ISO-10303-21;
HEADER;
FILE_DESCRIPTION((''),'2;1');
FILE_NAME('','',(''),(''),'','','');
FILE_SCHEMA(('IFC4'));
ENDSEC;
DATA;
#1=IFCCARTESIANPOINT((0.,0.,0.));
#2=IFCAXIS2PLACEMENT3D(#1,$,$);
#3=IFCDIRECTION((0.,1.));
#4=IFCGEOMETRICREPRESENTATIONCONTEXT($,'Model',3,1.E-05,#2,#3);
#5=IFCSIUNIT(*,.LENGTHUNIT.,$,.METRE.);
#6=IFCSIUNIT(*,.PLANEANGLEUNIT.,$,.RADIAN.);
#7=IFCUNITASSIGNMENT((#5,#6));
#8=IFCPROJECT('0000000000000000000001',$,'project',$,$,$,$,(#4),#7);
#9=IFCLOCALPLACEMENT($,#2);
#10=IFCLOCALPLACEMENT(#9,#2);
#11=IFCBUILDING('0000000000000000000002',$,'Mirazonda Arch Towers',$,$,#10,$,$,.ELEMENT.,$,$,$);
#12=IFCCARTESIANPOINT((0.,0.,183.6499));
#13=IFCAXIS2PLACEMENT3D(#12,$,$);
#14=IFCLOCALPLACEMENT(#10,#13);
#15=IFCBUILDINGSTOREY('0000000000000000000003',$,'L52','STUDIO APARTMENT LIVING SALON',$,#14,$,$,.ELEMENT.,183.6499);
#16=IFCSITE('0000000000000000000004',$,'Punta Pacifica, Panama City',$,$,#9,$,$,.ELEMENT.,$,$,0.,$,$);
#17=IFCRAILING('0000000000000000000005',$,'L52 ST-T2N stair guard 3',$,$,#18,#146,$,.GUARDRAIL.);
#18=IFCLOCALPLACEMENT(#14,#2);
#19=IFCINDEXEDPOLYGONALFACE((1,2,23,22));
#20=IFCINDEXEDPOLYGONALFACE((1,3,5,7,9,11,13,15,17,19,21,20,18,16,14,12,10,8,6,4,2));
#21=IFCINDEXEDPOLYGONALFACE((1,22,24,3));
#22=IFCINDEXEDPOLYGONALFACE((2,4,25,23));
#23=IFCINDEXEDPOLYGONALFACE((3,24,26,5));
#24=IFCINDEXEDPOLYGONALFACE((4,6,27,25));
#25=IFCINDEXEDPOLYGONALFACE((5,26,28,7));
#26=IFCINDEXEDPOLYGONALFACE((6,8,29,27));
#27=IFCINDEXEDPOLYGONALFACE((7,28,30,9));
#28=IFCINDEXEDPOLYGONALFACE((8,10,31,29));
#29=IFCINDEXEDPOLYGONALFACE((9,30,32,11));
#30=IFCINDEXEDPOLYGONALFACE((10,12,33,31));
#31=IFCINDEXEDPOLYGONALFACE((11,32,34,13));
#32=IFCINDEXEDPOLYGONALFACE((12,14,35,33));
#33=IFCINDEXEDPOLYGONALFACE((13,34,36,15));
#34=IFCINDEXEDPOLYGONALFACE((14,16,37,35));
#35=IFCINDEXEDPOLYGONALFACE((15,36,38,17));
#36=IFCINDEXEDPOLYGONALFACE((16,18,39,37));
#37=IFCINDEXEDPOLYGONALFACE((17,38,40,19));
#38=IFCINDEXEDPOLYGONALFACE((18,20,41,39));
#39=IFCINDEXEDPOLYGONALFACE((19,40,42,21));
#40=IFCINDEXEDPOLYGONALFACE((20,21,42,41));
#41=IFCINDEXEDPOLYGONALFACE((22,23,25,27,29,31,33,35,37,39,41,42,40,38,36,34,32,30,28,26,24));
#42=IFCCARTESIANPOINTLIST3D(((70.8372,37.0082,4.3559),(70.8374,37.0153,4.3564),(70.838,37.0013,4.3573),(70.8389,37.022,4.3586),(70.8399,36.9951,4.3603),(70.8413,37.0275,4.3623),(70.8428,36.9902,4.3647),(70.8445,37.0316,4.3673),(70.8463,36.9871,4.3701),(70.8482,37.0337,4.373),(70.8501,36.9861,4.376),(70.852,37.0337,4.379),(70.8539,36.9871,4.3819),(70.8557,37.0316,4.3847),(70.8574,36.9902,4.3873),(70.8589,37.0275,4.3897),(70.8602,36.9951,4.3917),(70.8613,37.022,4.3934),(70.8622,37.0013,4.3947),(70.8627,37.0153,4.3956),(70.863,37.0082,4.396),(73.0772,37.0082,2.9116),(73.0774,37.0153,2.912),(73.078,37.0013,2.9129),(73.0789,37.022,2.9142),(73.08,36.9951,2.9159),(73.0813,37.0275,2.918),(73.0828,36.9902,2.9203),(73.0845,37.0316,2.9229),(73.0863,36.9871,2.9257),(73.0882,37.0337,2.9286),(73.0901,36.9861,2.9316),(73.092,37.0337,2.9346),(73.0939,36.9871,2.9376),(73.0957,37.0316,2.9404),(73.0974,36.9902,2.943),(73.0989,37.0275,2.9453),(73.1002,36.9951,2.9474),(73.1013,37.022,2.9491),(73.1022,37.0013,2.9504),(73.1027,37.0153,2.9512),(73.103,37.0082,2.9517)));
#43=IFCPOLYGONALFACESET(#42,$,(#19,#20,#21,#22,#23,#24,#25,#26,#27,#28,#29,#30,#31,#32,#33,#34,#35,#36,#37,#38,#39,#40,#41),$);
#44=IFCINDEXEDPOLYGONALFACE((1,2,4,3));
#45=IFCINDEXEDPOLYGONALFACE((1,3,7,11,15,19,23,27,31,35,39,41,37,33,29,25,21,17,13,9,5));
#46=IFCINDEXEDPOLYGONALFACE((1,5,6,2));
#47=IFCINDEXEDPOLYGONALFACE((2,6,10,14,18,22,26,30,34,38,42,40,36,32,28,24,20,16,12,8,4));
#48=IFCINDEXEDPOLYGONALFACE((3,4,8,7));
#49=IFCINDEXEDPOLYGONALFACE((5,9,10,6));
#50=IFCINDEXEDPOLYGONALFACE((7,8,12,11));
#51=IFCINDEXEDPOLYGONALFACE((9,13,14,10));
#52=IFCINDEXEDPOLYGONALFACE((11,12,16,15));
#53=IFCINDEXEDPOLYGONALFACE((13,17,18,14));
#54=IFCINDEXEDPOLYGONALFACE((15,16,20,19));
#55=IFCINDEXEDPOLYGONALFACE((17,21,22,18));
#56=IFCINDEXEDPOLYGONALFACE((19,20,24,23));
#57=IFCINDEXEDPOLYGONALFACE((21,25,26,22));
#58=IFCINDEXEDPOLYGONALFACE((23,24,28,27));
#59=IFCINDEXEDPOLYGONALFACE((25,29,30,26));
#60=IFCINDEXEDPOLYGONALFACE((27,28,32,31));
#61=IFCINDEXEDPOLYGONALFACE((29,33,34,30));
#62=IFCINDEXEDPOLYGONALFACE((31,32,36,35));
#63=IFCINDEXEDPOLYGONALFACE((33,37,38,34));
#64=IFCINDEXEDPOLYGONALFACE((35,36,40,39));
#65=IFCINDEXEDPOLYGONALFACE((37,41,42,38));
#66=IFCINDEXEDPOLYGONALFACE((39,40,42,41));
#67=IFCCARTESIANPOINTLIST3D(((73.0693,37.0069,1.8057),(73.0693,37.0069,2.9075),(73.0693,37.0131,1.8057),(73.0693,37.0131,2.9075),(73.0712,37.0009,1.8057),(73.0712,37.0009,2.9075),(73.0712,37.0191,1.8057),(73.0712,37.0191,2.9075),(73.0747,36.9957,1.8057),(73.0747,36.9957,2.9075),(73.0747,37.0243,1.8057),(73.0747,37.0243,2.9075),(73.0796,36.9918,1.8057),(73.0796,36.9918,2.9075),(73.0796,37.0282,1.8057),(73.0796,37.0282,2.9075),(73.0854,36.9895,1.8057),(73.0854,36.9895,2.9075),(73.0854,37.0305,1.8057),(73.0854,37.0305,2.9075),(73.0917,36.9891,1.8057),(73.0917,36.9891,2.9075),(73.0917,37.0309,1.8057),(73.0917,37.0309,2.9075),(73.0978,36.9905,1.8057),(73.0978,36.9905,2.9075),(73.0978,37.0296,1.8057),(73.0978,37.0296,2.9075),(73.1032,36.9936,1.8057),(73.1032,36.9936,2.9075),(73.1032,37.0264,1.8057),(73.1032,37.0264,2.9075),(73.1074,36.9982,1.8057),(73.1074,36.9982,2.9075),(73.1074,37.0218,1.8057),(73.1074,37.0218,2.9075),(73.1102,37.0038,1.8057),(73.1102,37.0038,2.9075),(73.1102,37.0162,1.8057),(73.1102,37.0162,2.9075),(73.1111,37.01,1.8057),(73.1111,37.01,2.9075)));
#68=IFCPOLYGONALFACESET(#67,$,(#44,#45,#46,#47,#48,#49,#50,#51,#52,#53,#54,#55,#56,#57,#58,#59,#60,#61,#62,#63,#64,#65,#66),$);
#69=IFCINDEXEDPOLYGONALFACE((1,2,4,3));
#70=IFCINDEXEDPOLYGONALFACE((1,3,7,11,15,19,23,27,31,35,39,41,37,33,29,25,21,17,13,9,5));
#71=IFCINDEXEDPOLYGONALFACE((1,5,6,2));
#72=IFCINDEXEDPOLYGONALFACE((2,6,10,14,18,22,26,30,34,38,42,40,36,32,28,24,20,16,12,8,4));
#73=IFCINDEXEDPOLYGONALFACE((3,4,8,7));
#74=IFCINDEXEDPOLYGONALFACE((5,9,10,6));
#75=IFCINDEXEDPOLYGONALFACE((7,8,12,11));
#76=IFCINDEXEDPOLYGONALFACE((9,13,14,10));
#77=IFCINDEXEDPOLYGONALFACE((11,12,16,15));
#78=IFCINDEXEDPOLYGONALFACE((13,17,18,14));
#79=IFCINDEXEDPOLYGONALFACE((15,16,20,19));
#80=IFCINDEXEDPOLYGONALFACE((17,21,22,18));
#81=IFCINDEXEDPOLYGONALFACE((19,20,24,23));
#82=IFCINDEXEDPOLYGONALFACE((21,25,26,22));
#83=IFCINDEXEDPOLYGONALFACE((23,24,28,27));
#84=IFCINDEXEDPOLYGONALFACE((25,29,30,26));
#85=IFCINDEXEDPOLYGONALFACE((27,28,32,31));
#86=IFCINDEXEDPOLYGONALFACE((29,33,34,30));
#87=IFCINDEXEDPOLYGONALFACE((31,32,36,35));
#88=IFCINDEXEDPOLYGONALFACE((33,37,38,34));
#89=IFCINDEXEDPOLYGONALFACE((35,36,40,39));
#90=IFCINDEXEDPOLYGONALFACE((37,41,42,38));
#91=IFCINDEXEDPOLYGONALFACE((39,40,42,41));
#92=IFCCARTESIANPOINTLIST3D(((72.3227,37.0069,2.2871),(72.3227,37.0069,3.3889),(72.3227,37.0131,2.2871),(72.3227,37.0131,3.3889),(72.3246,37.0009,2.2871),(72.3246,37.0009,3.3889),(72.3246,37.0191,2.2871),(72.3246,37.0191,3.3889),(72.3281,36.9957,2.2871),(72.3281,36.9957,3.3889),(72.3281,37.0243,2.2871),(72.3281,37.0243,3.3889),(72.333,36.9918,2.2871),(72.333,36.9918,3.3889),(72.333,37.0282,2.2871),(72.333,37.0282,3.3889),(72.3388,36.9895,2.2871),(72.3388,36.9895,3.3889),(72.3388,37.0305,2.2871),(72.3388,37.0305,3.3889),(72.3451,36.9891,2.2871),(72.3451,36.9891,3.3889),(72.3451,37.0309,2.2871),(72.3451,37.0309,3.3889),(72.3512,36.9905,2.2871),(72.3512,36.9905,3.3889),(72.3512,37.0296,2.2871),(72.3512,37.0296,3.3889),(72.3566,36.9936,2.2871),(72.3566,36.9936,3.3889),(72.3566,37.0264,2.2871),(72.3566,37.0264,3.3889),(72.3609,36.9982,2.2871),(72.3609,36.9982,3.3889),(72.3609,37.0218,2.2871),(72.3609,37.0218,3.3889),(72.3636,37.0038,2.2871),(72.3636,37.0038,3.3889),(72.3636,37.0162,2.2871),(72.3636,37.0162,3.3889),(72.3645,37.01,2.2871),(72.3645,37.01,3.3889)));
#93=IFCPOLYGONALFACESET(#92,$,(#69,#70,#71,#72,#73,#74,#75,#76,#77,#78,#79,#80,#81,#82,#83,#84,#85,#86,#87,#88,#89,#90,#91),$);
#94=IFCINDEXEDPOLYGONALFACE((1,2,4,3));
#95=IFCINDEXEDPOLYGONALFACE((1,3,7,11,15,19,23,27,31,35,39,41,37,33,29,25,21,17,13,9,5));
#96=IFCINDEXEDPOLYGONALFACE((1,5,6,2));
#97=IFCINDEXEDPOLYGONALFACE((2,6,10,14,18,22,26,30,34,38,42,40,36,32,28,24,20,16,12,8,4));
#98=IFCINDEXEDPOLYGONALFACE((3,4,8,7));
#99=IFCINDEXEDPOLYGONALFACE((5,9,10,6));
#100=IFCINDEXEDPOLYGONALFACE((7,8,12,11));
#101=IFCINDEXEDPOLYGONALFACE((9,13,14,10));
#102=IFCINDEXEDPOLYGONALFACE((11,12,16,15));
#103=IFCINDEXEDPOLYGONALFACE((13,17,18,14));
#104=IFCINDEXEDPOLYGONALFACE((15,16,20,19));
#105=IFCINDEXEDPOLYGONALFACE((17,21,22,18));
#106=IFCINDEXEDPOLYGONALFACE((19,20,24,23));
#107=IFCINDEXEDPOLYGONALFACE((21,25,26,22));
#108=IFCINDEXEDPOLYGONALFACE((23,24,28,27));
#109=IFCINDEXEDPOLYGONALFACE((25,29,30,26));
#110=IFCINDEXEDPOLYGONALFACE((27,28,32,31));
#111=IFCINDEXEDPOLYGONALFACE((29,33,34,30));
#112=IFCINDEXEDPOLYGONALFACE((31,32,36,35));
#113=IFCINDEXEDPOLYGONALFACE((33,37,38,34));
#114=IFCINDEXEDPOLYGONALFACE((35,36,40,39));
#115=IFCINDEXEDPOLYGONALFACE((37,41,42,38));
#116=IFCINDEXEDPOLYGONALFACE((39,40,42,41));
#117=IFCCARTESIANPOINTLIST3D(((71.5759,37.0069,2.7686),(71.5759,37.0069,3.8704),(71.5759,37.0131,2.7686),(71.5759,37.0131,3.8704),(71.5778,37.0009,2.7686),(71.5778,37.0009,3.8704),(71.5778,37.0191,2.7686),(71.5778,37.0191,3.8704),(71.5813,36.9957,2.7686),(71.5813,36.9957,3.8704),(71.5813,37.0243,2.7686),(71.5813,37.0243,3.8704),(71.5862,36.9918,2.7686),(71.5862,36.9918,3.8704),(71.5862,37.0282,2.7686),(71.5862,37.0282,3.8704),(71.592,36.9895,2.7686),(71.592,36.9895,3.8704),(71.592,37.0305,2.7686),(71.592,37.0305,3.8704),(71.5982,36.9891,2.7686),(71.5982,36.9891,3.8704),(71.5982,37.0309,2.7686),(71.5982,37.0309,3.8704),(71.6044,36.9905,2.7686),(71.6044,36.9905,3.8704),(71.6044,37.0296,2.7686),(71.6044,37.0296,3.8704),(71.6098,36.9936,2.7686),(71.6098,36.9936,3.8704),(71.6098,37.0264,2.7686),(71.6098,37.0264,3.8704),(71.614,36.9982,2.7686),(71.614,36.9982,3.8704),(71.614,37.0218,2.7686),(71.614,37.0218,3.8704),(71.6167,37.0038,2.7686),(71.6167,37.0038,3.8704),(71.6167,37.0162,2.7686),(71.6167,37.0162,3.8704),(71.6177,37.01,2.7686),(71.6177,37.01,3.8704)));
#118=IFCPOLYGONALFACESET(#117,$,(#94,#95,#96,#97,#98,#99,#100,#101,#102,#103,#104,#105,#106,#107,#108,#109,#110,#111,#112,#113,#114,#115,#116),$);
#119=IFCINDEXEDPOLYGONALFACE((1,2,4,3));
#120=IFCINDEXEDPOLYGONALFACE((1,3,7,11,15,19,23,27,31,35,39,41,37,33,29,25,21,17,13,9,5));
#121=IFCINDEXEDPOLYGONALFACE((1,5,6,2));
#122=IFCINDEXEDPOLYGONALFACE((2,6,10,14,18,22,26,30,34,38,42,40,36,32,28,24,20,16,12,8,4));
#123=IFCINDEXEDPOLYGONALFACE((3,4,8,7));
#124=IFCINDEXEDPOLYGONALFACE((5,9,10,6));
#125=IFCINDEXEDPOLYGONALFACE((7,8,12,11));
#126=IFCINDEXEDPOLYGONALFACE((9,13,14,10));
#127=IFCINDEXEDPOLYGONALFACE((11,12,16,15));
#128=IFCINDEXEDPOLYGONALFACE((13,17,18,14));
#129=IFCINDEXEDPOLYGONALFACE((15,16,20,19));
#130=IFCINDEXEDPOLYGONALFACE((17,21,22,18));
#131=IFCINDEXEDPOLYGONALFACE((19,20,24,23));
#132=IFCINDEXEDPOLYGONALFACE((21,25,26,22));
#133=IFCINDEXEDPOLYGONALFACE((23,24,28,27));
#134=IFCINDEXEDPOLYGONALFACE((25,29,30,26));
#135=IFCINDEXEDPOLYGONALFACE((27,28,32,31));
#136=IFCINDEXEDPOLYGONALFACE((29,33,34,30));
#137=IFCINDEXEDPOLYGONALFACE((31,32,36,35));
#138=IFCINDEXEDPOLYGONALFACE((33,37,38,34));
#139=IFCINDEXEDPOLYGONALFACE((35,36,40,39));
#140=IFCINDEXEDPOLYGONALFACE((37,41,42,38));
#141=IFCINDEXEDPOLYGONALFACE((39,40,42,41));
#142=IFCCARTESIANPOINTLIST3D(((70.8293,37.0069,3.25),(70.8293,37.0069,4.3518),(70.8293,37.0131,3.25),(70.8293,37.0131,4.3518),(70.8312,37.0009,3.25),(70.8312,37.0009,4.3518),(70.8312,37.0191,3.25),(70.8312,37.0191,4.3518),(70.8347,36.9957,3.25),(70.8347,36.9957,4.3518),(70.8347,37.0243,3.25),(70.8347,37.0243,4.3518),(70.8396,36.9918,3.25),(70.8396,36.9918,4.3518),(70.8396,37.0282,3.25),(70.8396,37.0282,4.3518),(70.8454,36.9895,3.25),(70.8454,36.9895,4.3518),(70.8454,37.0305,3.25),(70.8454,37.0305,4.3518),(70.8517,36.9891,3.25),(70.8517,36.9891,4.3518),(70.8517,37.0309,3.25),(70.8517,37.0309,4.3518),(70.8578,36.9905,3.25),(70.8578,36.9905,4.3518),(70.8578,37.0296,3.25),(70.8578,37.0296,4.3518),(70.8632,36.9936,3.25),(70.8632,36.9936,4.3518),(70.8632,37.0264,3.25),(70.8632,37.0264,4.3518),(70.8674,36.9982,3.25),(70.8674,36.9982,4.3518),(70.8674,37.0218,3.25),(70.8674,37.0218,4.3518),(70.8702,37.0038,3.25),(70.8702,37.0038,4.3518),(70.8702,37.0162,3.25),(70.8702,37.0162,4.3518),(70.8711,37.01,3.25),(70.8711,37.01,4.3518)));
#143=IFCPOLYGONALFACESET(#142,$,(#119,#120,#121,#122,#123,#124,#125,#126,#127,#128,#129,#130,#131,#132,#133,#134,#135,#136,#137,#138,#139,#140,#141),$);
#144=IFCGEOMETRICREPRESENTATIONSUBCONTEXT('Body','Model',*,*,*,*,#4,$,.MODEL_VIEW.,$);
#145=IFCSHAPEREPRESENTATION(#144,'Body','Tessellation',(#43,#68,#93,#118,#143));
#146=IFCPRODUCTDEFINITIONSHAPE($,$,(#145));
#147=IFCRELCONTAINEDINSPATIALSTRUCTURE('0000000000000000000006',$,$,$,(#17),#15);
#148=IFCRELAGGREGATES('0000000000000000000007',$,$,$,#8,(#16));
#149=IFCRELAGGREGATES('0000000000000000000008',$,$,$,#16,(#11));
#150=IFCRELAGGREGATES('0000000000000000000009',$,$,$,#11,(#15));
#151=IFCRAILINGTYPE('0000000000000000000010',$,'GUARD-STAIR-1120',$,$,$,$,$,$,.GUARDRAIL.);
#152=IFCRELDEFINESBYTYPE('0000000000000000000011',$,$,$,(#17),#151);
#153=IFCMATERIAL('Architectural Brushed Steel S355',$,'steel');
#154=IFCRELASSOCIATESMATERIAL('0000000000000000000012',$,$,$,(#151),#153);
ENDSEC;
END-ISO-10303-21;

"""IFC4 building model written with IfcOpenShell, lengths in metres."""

from ifc_helpers import new_model, si_unit, direction, frame, origin, origin_2d, place, context, subcontext, project, spatial, circle, extrude, material, type_object, element, save


model = new_model("IFC4")

# Units and contexts
model_context = context("Model", 3, precision=1e-05, world=origin(), true_north=direction((0.0, 1.0)))
body_context = subcontext(model_context, "Body", "Model", "MODEL_VIEW")
ifc_project = project(units=[si_unit("LENGTHUNIT", "METRE"), si_unit("PLANEANGLEUNIT", "RADIAN")], contexts=[model_context])

# Site, building, storey
site_placement = place(None, origin())
site = spatial("IfcSite", under=ifc_project, at=site_placement, Name="Punta Pacifica, Panama City", CompositionType="ELEMENT", RefElevation=0.0)
building_placement = place(site_placement, origin())
building = spatial("IfcBuilding", under=site, at=building_placement, Name="Mirazonda Arch Towers", CompositionType="ELEMENT")
storey_placement = place(building_placement, frame((0.0, 0.0, 183.6499)))
storey = spatial("IfcBuildingStorey", under=building, at=storey_placement, Name="L52", Description="STUDIO APARTMENT LIVING SALON", CompositionType="ELEMENT", Elevation=183.6499)

# Shared definitions
ifc_material_1 = material(Name="Architectural Brushed Steel S355", Category="steel")

# Railing
railing_type_1 = type_object("IfcRailingType", Name="GUARD-STAIR-1120", PredefinedType="GUARDRAIL", material=ifc_material_1)
railing_1_placement = place(storey_placement, frame((73.0901, 37.01, 1.8057)))
element("IfcRailing", 1, at=railing_1_placement, inside=storey, type_object=railing_type_1, Name="L52 ST-T2N stair guard 3", PredefinedType="GUARDRAIL", context=body_context, shape_type="SweptSolid", body=[
    extrude(circle(Radius=0.0239, at=origin_2d()), frame((0.0, 0.0, 1.126), z_axis=(-0.840437, 0.0, 0.54191), x_axis=(0.0, -1.0, 0.0)), (0.0, 0.0, 1.0), 2.6653),
    extrude(circle(Radius=0.021, at=origin_2d()), origin(), (0.0, 0.0, 1.0), 1.1018),
    extrude(circle(Radius=0.021, at=origin_2d()), frame((-0.7466, 0.0, 0.4814)), (0.0, 0.0, 1.0), 1.1018),
    extrude(circle(Radius=0.021, at=origin_2d()), frame((-1.4934, 0.0, 0.9629)), (0.0, 0.0, 1.0), 1.1018),
    extrude(circle(Radius=0.021, at=origin_2d()), frame((-2.24, 0.0, 1.4443)), (0.0, 0.0, 1.0), 1.1018),
])

save(model, "model.ifc")
